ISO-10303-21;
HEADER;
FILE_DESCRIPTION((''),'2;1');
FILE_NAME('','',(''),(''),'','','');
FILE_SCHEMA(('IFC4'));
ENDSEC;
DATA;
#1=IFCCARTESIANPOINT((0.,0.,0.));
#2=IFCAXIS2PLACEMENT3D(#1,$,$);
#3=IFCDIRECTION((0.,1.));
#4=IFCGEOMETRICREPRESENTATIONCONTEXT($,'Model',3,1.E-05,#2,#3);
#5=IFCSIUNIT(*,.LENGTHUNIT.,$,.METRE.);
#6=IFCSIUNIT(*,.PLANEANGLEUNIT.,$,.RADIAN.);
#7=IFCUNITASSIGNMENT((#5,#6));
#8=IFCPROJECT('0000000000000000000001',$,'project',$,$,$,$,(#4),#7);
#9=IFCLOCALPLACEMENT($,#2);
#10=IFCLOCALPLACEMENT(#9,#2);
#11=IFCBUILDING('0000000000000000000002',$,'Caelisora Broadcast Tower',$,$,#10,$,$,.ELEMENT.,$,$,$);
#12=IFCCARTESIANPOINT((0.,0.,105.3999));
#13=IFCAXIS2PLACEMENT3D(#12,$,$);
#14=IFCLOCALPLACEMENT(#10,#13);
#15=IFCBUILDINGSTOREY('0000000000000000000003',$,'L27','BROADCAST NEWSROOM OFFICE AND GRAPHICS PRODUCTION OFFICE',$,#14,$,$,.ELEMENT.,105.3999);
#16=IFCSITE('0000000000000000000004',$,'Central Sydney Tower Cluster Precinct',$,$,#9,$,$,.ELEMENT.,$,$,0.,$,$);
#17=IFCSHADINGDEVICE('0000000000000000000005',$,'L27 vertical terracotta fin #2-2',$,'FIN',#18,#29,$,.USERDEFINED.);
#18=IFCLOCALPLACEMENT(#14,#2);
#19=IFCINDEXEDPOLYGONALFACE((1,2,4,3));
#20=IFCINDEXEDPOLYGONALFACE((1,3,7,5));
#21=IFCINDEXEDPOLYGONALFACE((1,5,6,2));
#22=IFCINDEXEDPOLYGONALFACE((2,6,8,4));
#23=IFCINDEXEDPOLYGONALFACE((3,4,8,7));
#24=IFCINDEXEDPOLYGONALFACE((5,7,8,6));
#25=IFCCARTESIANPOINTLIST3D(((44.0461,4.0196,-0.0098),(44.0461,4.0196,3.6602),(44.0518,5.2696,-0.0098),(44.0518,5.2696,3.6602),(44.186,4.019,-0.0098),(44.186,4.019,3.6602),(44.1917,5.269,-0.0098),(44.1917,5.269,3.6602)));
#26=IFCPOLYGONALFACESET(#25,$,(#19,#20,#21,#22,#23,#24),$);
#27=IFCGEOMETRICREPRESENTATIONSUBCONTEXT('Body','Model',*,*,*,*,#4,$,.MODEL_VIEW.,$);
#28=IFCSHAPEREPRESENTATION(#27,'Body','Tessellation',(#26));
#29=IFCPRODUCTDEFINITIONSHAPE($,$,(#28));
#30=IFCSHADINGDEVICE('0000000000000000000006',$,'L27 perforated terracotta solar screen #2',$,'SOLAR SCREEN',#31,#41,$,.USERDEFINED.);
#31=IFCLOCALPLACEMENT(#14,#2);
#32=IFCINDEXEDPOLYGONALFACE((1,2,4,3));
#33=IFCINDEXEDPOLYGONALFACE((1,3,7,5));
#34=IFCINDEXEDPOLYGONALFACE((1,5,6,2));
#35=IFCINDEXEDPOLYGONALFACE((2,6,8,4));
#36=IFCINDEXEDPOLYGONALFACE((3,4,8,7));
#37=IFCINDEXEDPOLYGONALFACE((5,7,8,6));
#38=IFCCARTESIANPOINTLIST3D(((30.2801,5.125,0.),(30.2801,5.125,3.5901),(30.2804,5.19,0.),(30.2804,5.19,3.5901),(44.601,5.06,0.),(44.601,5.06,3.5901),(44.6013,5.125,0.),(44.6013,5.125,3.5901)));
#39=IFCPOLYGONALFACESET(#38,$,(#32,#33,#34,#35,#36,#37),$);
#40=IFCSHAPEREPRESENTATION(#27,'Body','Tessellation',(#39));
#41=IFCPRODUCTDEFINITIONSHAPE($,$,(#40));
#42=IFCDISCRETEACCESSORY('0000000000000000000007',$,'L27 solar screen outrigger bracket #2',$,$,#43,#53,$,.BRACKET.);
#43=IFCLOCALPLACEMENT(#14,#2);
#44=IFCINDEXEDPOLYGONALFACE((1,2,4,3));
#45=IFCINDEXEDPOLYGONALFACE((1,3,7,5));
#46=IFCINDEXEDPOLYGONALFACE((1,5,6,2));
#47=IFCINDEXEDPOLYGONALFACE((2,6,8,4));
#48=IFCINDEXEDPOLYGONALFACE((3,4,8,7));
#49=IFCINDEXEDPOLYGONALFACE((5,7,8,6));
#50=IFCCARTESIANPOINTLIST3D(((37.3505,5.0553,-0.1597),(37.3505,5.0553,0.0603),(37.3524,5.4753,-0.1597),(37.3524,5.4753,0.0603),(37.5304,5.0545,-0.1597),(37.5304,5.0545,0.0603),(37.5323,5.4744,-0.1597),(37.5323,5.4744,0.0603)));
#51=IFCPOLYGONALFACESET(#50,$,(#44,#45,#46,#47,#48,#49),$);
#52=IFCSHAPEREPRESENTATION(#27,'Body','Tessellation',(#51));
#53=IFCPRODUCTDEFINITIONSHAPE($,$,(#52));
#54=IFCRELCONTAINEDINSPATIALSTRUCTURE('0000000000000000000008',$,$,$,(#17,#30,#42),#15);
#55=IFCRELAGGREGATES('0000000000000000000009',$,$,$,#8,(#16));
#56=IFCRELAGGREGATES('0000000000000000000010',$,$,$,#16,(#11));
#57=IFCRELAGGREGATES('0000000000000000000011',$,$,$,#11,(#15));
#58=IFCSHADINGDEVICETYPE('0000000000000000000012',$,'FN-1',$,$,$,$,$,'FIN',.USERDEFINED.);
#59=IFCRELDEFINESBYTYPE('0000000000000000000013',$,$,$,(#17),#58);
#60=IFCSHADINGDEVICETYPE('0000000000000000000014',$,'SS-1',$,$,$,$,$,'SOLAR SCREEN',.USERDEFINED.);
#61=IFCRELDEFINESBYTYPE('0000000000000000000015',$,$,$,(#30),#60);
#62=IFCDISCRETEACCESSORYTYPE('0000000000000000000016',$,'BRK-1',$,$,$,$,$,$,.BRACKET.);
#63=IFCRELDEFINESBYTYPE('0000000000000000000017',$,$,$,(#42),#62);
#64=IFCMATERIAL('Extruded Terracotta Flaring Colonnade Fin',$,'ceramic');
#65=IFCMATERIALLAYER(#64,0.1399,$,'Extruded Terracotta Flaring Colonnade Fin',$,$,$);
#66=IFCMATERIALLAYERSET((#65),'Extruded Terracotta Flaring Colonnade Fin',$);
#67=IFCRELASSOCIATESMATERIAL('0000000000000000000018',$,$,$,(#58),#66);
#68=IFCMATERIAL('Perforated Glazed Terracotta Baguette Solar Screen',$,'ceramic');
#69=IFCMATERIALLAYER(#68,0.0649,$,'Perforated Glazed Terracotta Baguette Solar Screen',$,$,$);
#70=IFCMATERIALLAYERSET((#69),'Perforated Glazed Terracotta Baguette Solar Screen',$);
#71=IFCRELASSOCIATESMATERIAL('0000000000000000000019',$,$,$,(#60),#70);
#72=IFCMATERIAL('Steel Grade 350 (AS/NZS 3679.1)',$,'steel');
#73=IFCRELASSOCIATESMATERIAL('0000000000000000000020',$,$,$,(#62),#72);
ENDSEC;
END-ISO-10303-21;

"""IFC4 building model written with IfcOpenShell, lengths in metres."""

from ifc_helpers import new_model, si_unit, direction, frame, origin, origin_2d, place, context, subcontext, project, spatial, rectangle, extrude, source, transform, mapped, material, layer, layer_set, type_object, type_shapes, element, save


model = new_model("IFC4")

# Units and contexts
model_context = context("Model", 3, precision=1e-05, world=origin(), true_north=direction((0.0, 1.0)))
body_context = subcontext(model_context, "Body", "Model", "MODEL_VIEW")
ifc_project = project(units=[si_unit("LENGTHUNIT", "METRE"), si_unit("PLANEANGLEUNIT", "RADIAN")], contexts=[model_context])

# Site, building, storey
site_placement = place(None, origin())
site = spatial("IfcSite", under=ifc_project, at=site_placement, Name="Central Sydney Tower Cluster Precinct", CompositionType="ELEMENT", RefElevation=0.0)
building_placement = place(site_placement, origin())
building = spatial("IfcBuilding", under=site, at=building_placement, Name="Caelisora Broadcast Tower", CompositionType="ELEMENT")
storey_placement = place(building_placement, frame((0.0, 0.0, 105.3999)))
storey = spatial("IfcBuildingStorey", under=building, at=storey_placement, Name="L27", Description="BROADCAST NEWSROOM OFFICE AND GRAPHICS PRODUCTION OFFICE", CompositionType="ELEMENT", Elevation=105.3999)

# Shared definitions
ifc_material_1 = material(Name="Steel Grade 350 (AS/NZS 3679.1)", Category="steel")

# Shading devices
ifc_material_2 = material(Name="Extruded Terracotta Flaring Colonnade Fin", Category="ceramic")
ifc_layer_1 = layer(ifc_material_2, 0.1399, Name="Extruded Terracotta Flaring Colonnade Fin")
ifc_layer_set_1 = layer_set([ifc_layer_1], Name="Extruded Terracotta Flaring Colonnade Fin")
shading_device_type_1 = type_object("IfcShadingDeviceType", Name="FN-1", ElementType="FIN", PredefinedType="USERDEFINED", material=ifc_layer_set_1)
shared_shape_1 = source(origin(), body_context, "Body", "SweptSolid", [
    extrude(rectangle(XDim=0.1399, YDim=1.25, at=origin_2d()), origin(), (0.0, 0.0, 1.0), 3.6699),
])
type_shapes(shading_device_type_1, [shared_shape_1])
shading_device_1_placement = place(storey_placement, frame((44.1189, 4.6443, -0.0098), z_axis=(0.0, 0.0, 1.0), x_axis=(-0.99999, 0.004538, 0.0)))
element("IfcShadingDevice", 1, at=shading_device_1_placement, inside=storey, type_object=shading_device_type_1, Name="L27 vertical terracotta fin #2-2", ObjectType="FIN", PredefinedType="USERDEFINED", context=body_context, shape_type="MappedRepresentation", body=[
    mapped(shared_shape_1, transform((0.0, 0.0, 0.0), scale=1.0)),
])
ifc_material_3 = material(Name="Perforated Glazed Terracotta Baguette Solar Screen", Category="ceramic")
ifc_layer_2 = layer(ifc_material_3, 0.0649, Name="Perforated Glazed Terracotta Baguette Solar Screen")
ifc_layer_set_2 = layer_set([ifc_layer_2], Name="Perforated Glazed Terracotta Baguette Solar Screen")
shading_device_type_2 = type_object("IfcShadingDeviceType", Name="SS-1", ElementType="SOLAR SCREEN", PredefinedType="USERDEFINED", material=ifc_layer_set_2)
shared_shape_2 = source(origin(), body_context, "Body", "SweptSolid", [
    extrude(rectangle(XDim=14.321, YDim=0.0649, at=origin_2d()), origin(), (0.0, 0.0, 1.0), 3.5901),
])
type_shapes(shading_device_type_2, [shared_shape_2])
shading_device_2_placement = place(storey_placement, frame((37.4407, 5.125, 0.0), z_axis=(0.0, 0.0, 1.0), x_axis=(0.99999, -0.004538, 0.0)))
element("IfcShadingDevice", 2, at=shading_device_2_placement, inside=storey, type_object=shading_device_type_2, Name="L27 perforated terracotta solar screen #2", ObjectType="SOLAR SCREEN", PredefinedType="USERDEFINED", context=body_context, shape_type="MappedRepresentation", body=[
    mapped(shared_shape_2, transform((0.0, 0.0, 0.0), scale=1.0)),
])

# Discrete accessory
discrete_accessory_type = type_object("IfcDiscreteAccessoryType", Name="BRK-1", PredefinedType="BRACKET", material=ifc_material_1)
shared_shape_3 = source(origin(), body_context, "Body", "SweptSolid", [
    extrude(rectangle(XDim=0.1799, YDim=0.4199, at=origin_2d()), origin(), (0.0, 0.0, 1.0), 0.22),
])
type_shapes(discrete_accessory_type, [shared_shape_3])
discrete_accessory_placement = place(storey_placement, frame((37.4414, 5.2649, -0.1597), z_axis=(0.0, 0.0, 1.0), x_axis=(0.99999, -0.004538, 0.0)))
element("IfcDiscreteAccessory", 3, at=discrete_accessory_placement, inside=storey, type_object=discrete_accessory_type, Name="L27 solar screen outrigger bracket #2", PredefinedType="BRACKET", context=body_context, shape_type="MappedRepresentation", body=[
    mapped(shared_shape_3, transform((0.0, 0.0, 0.0), scale=1.0)),
])

save(model, "model.ifc")
